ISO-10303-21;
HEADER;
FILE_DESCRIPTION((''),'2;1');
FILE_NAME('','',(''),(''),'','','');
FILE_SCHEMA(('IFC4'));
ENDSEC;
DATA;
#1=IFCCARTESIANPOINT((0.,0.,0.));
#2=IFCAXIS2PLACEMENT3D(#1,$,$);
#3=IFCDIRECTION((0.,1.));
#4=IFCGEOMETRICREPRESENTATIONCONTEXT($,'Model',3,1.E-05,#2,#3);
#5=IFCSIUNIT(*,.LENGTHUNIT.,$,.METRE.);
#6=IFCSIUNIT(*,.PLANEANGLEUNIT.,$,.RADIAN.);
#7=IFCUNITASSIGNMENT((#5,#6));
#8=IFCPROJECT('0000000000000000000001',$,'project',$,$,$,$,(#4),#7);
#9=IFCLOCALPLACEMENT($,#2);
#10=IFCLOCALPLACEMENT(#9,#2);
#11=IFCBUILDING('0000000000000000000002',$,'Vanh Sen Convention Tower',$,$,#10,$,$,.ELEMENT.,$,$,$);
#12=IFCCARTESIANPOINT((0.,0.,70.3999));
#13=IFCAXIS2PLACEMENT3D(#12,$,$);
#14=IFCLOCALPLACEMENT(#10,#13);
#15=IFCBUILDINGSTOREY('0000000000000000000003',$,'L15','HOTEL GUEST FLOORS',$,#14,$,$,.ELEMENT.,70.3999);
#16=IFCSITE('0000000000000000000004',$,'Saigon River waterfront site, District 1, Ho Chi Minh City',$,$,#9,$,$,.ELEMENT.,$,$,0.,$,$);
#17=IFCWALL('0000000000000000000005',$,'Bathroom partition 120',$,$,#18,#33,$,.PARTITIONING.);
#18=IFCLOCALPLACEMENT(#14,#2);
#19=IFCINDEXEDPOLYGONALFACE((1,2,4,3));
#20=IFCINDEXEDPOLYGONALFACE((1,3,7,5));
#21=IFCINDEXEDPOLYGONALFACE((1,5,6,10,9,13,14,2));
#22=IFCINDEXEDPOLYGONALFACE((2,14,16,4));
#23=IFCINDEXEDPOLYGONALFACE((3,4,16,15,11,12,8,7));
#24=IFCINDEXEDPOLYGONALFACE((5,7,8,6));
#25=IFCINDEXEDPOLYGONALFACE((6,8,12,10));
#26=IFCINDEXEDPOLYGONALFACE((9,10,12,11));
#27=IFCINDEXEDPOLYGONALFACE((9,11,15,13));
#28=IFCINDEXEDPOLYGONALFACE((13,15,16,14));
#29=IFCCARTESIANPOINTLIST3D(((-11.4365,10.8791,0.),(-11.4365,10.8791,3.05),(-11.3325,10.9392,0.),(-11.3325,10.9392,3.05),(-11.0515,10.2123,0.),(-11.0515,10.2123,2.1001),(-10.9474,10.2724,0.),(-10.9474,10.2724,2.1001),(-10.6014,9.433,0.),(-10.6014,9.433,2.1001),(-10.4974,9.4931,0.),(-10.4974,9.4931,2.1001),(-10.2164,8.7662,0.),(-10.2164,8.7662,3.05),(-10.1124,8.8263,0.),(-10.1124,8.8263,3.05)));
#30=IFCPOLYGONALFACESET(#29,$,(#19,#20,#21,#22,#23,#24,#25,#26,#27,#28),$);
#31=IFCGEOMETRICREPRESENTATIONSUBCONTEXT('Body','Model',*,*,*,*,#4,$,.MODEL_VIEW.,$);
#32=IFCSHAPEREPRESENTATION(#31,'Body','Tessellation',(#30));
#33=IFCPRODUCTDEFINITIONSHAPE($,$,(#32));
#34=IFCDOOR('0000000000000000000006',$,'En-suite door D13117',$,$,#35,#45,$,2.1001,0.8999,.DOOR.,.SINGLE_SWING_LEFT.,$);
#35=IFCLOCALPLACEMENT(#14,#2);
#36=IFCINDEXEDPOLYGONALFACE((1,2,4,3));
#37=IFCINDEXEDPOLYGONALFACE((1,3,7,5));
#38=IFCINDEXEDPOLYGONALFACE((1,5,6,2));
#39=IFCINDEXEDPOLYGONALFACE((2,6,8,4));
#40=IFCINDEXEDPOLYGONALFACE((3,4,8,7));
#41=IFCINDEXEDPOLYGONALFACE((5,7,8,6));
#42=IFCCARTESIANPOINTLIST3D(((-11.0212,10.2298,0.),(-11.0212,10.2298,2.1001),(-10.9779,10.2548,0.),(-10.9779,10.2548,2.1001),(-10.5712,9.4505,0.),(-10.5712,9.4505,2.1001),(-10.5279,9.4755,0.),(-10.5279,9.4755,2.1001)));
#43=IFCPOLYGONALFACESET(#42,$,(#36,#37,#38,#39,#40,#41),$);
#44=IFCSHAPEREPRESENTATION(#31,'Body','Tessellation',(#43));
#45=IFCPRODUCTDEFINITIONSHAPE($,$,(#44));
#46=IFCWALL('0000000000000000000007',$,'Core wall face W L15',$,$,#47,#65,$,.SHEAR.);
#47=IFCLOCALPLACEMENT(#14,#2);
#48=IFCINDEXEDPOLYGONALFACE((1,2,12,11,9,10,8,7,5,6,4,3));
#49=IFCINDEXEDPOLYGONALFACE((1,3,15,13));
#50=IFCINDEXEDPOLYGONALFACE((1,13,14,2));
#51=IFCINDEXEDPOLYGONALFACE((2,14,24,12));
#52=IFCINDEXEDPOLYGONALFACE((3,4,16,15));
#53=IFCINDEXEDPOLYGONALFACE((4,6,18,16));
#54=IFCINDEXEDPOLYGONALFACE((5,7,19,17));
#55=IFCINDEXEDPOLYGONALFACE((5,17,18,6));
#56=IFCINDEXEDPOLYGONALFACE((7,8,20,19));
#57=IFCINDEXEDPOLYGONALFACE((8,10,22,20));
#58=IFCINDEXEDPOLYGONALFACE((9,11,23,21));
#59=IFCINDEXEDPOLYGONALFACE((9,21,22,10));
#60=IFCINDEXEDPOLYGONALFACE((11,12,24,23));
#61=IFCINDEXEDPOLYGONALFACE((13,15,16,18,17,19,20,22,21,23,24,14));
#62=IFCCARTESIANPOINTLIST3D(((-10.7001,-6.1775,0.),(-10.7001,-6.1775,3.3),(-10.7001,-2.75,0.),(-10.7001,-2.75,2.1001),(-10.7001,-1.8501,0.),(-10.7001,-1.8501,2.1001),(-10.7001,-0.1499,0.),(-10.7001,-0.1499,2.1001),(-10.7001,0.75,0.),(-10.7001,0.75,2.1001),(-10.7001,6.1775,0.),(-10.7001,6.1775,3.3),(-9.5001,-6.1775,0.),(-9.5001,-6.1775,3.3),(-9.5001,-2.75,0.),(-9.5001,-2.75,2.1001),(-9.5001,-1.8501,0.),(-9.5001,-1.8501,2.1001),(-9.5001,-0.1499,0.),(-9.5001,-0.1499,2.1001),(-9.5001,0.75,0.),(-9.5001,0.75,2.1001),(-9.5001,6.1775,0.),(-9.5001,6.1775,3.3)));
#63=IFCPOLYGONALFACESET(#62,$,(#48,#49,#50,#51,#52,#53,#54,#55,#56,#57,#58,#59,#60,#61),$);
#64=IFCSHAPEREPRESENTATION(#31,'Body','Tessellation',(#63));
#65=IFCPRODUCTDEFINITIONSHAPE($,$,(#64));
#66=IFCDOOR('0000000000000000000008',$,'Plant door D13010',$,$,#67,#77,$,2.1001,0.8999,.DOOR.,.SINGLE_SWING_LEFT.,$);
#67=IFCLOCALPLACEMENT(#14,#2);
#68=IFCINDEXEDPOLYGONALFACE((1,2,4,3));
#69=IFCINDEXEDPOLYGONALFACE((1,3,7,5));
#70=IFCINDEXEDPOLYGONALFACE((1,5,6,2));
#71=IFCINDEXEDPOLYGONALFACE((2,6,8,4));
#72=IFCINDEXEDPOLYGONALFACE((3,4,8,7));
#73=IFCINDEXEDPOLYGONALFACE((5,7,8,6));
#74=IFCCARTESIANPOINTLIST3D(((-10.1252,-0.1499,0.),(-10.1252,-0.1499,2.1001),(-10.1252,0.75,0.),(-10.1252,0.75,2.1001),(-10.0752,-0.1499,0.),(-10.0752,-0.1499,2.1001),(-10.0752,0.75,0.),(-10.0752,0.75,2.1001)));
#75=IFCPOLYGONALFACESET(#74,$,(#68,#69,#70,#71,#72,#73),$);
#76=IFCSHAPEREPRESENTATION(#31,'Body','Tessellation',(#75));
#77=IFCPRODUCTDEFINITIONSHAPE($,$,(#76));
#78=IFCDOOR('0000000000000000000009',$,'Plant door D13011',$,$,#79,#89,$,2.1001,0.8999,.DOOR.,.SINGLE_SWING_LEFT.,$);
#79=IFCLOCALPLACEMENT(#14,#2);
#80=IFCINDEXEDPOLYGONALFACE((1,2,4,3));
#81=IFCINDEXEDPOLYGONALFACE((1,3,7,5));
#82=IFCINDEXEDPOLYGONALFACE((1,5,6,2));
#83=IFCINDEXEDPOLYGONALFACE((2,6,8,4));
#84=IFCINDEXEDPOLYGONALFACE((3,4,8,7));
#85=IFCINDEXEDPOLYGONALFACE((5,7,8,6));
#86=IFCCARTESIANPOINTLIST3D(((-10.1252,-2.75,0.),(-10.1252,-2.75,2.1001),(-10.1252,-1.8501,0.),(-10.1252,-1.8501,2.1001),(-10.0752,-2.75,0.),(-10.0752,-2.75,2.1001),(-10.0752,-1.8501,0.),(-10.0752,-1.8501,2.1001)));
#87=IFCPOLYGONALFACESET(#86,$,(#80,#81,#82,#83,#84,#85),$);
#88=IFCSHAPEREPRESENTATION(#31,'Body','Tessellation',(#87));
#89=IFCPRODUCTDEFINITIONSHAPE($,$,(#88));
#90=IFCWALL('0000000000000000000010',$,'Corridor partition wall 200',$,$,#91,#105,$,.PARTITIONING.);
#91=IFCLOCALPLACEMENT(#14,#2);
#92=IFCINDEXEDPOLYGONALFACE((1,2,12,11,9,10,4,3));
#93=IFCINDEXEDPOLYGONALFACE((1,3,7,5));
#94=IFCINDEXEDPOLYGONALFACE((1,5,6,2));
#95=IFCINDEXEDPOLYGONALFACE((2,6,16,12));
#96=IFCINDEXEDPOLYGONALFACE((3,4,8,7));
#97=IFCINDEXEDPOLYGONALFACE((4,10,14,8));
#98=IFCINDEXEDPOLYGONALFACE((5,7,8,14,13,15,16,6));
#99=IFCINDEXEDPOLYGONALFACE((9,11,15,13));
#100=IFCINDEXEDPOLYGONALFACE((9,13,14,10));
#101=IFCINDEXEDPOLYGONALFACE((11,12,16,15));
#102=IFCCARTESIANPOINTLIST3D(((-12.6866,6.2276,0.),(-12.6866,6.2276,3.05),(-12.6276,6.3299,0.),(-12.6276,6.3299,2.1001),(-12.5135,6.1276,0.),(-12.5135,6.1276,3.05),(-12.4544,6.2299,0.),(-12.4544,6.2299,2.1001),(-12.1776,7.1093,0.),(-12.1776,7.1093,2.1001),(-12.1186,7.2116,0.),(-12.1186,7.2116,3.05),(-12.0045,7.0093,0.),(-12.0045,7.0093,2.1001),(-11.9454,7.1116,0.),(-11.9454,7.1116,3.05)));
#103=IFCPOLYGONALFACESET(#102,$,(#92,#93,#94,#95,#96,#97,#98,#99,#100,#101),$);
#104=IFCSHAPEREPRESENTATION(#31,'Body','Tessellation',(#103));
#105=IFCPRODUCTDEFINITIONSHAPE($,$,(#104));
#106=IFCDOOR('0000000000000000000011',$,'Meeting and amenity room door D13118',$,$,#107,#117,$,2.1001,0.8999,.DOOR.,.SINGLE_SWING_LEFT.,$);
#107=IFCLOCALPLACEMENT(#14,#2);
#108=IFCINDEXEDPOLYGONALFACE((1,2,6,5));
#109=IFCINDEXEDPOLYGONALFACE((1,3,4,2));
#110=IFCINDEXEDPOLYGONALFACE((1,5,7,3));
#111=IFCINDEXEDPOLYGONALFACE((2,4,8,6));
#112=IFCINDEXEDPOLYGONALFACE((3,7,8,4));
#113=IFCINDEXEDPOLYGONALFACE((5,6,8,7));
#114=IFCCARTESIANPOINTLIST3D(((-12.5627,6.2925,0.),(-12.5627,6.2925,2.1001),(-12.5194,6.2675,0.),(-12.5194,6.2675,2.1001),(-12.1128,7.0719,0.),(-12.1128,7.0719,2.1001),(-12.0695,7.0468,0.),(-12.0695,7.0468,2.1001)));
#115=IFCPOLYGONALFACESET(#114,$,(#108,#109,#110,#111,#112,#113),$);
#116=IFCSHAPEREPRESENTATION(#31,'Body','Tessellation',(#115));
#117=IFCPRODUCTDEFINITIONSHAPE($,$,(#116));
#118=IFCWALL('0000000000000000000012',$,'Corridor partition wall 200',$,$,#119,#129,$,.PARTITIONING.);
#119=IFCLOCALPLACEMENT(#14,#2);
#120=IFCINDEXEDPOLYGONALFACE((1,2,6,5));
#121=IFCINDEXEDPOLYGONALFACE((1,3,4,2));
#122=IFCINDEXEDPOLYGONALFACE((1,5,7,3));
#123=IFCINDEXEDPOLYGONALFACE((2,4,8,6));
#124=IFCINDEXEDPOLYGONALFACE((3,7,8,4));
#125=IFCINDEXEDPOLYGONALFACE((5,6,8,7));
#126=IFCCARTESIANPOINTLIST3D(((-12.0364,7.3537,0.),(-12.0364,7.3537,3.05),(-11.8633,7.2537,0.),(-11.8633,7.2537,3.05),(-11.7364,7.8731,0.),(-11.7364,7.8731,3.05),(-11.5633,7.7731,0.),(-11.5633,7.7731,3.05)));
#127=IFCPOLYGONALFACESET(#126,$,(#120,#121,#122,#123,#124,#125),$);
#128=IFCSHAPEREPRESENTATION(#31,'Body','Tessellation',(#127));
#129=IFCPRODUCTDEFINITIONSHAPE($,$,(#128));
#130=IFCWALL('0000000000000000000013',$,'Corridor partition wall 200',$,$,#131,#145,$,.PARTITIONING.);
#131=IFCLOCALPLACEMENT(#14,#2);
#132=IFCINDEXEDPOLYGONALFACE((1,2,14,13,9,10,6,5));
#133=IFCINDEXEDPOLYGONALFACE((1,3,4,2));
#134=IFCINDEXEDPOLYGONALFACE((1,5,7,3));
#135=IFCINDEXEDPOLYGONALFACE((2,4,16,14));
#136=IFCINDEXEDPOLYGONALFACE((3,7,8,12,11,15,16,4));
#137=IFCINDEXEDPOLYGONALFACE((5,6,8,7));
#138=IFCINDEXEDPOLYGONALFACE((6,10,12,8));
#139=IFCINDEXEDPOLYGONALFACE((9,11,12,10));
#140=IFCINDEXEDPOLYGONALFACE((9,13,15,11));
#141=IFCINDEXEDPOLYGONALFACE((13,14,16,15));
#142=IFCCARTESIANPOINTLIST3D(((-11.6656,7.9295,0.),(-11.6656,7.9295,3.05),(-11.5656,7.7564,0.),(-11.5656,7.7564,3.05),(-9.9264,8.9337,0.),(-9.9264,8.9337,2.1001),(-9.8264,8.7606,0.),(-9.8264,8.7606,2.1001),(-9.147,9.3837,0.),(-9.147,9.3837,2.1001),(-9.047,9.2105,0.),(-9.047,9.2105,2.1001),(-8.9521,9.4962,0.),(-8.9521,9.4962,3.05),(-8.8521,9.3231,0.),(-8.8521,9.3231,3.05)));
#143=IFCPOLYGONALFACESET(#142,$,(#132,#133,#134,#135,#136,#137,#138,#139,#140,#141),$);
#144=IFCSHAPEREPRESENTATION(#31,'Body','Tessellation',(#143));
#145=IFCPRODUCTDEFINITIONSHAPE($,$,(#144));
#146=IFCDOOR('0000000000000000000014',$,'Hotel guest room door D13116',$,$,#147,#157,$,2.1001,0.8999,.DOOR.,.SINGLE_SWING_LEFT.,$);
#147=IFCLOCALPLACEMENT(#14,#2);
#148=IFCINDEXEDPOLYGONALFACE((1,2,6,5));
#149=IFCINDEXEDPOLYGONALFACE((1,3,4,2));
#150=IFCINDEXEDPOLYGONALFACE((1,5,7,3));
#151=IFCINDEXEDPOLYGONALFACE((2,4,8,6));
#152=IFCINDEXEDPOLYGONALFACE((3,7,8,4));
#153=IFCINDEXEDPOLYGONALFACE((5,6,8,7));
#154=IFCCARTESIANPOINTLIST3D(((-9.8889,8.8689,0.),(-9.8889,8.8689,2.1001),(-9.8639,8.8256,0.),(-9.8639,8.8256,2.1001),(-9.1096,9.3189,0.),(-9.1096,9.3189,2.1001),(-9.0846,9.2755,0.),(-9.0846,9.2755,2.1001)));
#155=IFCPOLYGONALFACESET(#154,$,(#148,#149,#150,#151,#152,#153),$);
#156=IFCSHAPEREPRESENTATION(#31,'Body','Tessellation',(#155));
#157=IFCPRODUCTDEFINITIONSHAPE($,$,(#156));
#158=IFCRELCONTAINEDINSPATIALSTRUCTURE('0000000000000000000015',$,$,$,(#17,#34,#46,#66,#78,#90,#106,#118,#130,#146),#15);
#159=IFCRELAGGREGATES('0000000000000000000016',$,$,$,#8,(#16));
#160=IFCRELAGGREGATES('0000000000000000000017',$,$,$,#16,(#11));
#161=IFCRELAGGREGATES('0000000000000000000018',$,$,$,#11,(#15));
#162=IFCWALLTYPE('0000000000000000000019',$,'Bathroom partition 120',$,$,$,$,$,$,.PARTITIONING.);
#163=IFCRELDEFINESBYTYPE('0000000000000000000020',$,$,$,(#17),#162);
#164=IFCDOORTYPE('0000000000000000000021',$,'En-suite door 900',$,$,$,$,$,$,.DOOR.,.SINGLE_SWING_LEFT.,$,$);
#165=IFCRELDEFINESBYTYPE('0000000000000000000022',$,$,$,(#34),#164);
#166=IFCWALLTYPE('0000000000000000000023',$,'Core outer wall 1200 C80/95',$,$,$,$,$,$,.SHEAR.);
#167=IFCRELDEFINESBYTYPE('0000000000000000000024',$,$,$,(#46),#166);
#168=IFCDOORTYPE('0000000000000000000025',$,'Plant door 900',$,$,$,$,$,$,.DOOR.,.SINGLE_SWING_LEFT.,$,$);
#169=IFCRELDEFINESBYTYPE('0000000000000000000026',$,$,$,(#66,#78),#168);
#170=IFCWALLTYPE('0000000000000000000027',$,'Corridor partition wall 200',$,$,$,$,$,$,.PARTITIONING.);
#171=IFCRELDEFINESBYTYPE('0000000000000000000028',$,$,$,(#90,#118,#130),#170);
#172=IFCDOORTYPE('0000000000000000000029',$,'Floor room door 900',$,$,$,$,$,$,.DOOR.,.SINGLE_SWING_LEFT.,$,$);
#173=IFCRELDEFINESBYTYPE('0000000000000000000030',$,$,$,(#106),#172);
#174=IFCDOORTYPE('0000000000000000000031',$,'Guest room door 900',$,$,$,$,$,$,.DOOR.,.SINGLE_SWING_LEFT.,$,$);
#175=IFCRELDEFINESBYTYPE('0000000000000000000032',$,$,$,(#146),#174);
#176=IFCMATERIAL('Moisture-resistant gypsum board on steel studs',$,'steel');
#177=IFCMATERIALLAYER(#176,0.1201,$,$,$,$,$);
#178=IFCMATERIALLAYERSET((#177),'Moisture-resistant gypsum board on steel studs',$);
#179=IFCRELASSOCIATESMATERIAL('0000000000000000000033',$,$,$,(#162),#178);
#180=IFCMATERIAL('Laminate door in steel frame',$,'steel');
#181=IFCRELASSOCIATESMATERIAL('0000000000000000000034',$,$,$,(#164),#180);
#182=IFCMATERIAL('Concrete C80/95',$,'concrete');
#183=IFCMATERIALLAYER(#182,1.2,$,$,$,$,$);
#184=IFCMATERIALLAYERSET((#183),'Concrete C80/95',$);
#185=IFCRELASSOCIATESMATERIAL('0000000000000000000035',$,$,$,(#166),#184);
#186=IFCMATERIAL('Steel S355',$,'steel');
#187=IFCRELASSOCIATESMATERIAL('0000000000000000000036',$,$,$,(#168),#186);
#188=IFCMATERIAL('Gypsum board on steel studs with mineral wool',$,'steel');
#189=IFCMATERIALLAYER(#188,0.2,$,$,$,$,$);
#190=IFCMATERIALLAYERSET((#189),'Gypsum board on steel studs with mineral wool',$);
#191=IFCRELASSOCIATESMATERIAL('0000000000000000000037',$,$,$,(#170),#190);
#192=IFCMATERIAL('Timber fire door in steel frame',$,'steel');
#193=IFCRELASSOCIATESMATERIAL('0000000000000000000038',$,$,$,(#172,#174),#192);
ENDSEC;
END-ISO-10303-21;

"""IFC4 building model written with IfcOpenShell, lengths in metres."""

from ifc_helpers import new_model, si_unit, direction, frame, frame_2d, origin, place, context, subcontext, project, spatial, rectangle, extrude, material, layer, layer_set, type_object, element, fill, save


model = new_model("IFC4")

# Units and contexts
model_context = context("Model", 3, precision=1e-05, world=origin(), true_north=direction((0.0, 1.0)))
body_context = subcontext(model_context, "Body", "Model", "MODEL_VIEW")
ifc_project = project(units=[si_unit("LENGTHUNIT", "METRE"), si_unit("PLANEANGLEUNIT", "RADIAN")], contexts=[model_context])

# Site, building, storey
site_placement = place(None, origin())
site = spatial("IfcSite", under=ifc_project, at=site_placement, Name="Saigon River waterfront site, District 1, Ho Chi Minh City", CompositionType="ELEMENT", RefElevation=0.0)
building_placement = place(site_placement, origin())
building = spatial("IfcBuilding", under=site, at=building_placement, Name="Vanh Sen Convention Tower", CompositionType="ELEMENT")
storey_placement = place(building_placement, frame((0.0, 0.0, 70.3999)))
storey = spatial("IfcBuildingStorey", under=building, at=storey_placement, Name="L15", Description="HOTEL GUEST FLOORS", CompositionType="ELEMENT", Elevation=70.3999)

# Wall, opening, door
ifc_material_1 = material(Name="Moisture-resistant gypsum board on steel studs", Category="steel")
ifc_layer_1 = layer(ifc_material_1, 0.1201)
ifc_layer_set_1 = layer_set([ifc_layer_1], Name="Moisture-resistant gypsum board on steel studs")
wall_type_1 = type_object("IfcWallType", Name="Bathroom partition 120", PredefinedType="PARTITIONING", material=ifc_layer_set_1)
wall_1_placement = place(storey_placement, frame((-11.3845, 10.9092, 0.0), z_axis=(0.0, 0.0, 1.0), x_axis=(0.500078, -0.865981, 0.0)))
wall_1 = element("IfcWall", 1, at=wall_1_placement, inside=storey, type_object=wall_type_1, Name="Bathroom partition 120", PredefinedType="PARTITIONING", context=body_context, shape_type="SweptSolid", body=[
    extrude(rectangle(XDim=2.4399, YDim=0.1201, at=frame_2d((1.22, 0.0))), origin(), (0.0, 0.0, 1.0), 3.05),
])
opening_1_placement = place(wall_1_placement, frame((0.77, 0.0, 0.0)))
opening_1 = element("IfcOpeningElement", 2, at=opening_1_placement, cuts=wall_1, PredefinedType="OPENING", context=body_context, shape_type="SweptSolid", body=[
    extrude(rectangle(XDim=0.8999, YDim=2.1001, at=frame_2d((0.45, 1.05))), frame((0.0, 0.0701, 0.0), z_axis=(0.0, -1.0, 0.0), x_axis=(1.0, 0.0, 0.0)), (0.0, 0.0, 1.0), 0.1401),
])
ifc_material_2 = material(Name="Laminate door in steel frame", Category="steel")
door_type_1 = type_object("IfcDoorType", Name="En-suite door 900", OperationType="SINGLE_SWING_LEFT", PredefinedType="DOOR", material=ifc_material_2)
door_1_placement = place(opening_1_placement, origin())
door_1 = element("IfcDoor", 3, at=door_1_placement, inside=storey, type_object=door_type_1, Name="En-suite door D13117", OperationType="SINGLE_SWING_LEFT", OverallHeight=2.1001, OverallWidth=0.8999, PredefinedType="DOOR", context=body_context, shape_type="SweptSolid", body=[
    extrude(rectangle(XDim=0.8999, YDim=2.1001, at=frame_2d((0.45, 1.05))), frame((0.0, 0.0249, 0.0), z_axis=(0.0, -1.0, 0.0), x_axis=(1.0, 0.0, 0.0)), (0.0, 0.0, 1.0), 0.05),
])
fill(opening_1, door_1)

# Wall, openings, doors
ifc_material_3 = material(Name="Concrete C80/95", Category="concrete")
ifc_layer_2 = layer(ifc_material_3, 1.2)
ifc_layer_set_2 = layer_set([ifc_layer_2], Name="Concrete C80/95")
wall_type_2 = type_object("IfcWallType", Name="Core outer wall 1200 C80/95", PredefinedType="SHEAR", material=ifc_layer_set_2)
wall_2_placement = place(storey_placement, frame((-10.1001, 6.1775, 0.0), z_axis=(0.0, 0.0, 1.0), x_axis=(0.0, -1.0, 0.0)))
wall_2 = element("IfcWall", 4, at=wall_2_placement, inside=storey, type_object=wall_type_2, Name="Core wall face W L15", PredefinedType="SHEAR", context=body_context, shape_type="SweptSolid", body=[
    extrude(rectangle(XDim=12.355, YDim=1.2, at=frame_2d((6.1775, 0.0))), origin(), (0.0, 0.0, 1.0), 3.3),
])
opening_2_placement = place(wall_2_placement, frame((5.4275, 0.0, 0.0)))
opening_2 = element("IfcOpeningElement", 5, at=opening_2_placement, cuts=wall_2, PredefinedType="OPENING", context=body_context, shape_type="SweptSolid", body=[
    extrude(rectangle(XDim=0.8999, YDim=2.1001, at=frame_2d((0.45, 1.05))), frame((0.0, 0.6099, 0.0), z_axis=(0.0, -1.0, 0.0), x_axis=(1.0, 0.0, 0.0)), (0.0, 0.0, 1.0), 1.22),
])
opening_3_placement = place(wall_2_placement, frame((8.0276, 0.0, 0.0)))
opening_3 = element("IfcOpeningElement", 6, at=opening_3_placement, cuts=wall_2, PredefinedType="OPENING", context=body_context, shape_type="SweptSolid", body=[
    extrude(rectangle(XDim=0.8999, YDim=2.1001, at=frame_2d((0.45, 1.05))), frame((0.0, 0.6099, 0.0), z_axis=(0.0, -1.0, 0.0), x_axis=(1.0, 0.0, 0.0)), (0.0, 0.0, 1.0), 1.22),
])
ifc_material_4 = material(Name="Steel S355", Category="steel")
door_type_2 = type_object("IfcDoorType", Name="Plant door 900", OperationType="SINGLE_SWING_LEFT", PredefinedType="DOOR", material=ifc_material_4)
door_2_placement = place(opening_2_placement, origin())
door_2 = element("IfcDoor", 7, at=door_2_placement, inside=storey, type_object=door_type_2, Name="Plant door D13010", OperationType="SINGLE_SWING_LEFT", OverallHeight=2.1001, OverallWidth=0.8999, PredefinedType="DOOR", context=body_context, shape_type="SweptSolid", body=[
    extrude(rectangle(XDim=0.8999, YDim=2.1001, at=frame_2d((0.45, 1.05))), frame((0.0, 0.0249, 0.0), z_axis=(0.0, -1.0, 0.0), x_axis=(1.0, 0.0, 0.0)), (0.0, 0.0, 1.0), 0.05),
])
fill(opening_2, door_2)
door_3_placement = place(opening_3_placement, origin())
door_3 = element("IfcDoor", 8, at=door_3_placement, inside=storey, type_object=door_type_2, Name="Plant door D13011", OperationType="SINGLE_SWING_LEFT", OverallHeight=2.1001, OverallWidth=0.8999, PredefinedType="DOOR", context=body_context, shape_type="SweptSolid", body=[
    extrude(rectangle(XDim=0.8999, YDim=2.1001, at=frame_2d((0.45, 1.05))), frame((0.0, 0.0249, 0.0), z_axis=(0.0, -1.0, 0.0), x_axis=(1.0, 0.0, 0.0)), (0.0, 0.0, 1.0), 0.05),
])
fill(opening_3, door_3)

# Wall, opening, door
ifc_material_5 = material(Name="Gypsum board on steel studs with mineral wool", Category="steel")
ifc_layer_3 = layer(ifc_material_5, 0.2)
ifc_layer_set_3 = layer_set([ifc_layer_3], Name="Gypsum board on steel studs with mineral wool")
wall_type_3 = type_object("IfcWallType", Name="Corridor partition wall 200", PredefinedType="PARTITIONING", material=ifc_layer_set_3)
wall_3_placement = place(storey_placement, frame((-12.032, 7.1616, 0.0), z_axis=(0.0, 0.0, 1.0), x_axis=(-0.499952, -0.866053, 0.0)))
wall_3 = element("IfcWall", 9, at=wall_3_placement, inside=storey, type_object=wall_type_3, Name="Corridor partition wall 200", PredefinedType="PARTITIONING", context=body_context, shape_type="SweptSolid", body=[
    extrude(rectangle(XDim=1.1362, YDim=0.2, at=frame_2d((0.5681, 0.0))), origin(), (0.0, 0.0, 1.0), 3.05),
])
opening_4_placement = place(wall_3_placement, frame((0.1182, 0.0, 0.0)))
opening_4 = element("IfcOpeningElement", 10, at=opening_4_placement, cuts=wall_3, PredefinedType="OPENING", context=body_context, shape_type="SweptSolid", body=[
    extrude(rectangle(XDim=0.8999, YDim=2.1001, at=frame_2d((0.45, 1.05))), frame((0.0, 0.1099, 0.0), z_axis=(0.0, -1.0, 0.0), x_axis=(1.0, 0.0, 0.0)), (0.0, 0.0, 1.0), 0.22),
])
ifc_material_6 = material(Name="Timber fire door in steel frame", Category="steel")
door_type_3 = type_object("IfcDoorType", Name="Floor room door 900", OperationType="SINGLE_SWING_LEFT", PredefinedType="DOOR", material=ifc_material_6)
door_4_placement = place(opening_4_placement, origin())
door_4 = element("IfcDoor", 11, at=door_4_placement, inside=storey, type_object=door_type_3, Name="Meeting and amenity room door D13118", OperationType="SINGLE_SWING_LEFT", OverallHeight=2.1001, OverallWidth=0.8999, PredefinedType="DOOR", context=body_context, shape_type="SweptSolid", body=[
    extrude(rectangle(XDim=0.8999, YDim=2.1001, at=frame_2d((0.45, 1.05))), frame((0.0, 0.0249, 0.0), z_axis=(0.0, -1.0, 0.0), x_axis=(1.0, 0.0, 0.0)), (0.0, 0.0, 1.0), 0.05),
])
fill(opening_4, door_4)

# Wall
wall_4_placement = place(storey_placement, frame((-11.6499, 7.823, 0.0), z_axis=(0.0, 0.0, 1.0), x_axis=(-0.500122, -0.865955, 0.0)))
element("IfcWall", 12, at=wall_4_placement, inside=storey, type_object=wall_type_3, Name="Corridor partition wall 200", PredefinedType="PARTITIONING", context=body_context, shape_type="SweptSolid", body=[
    extrude(rectangle(XDim=0.5999, YDim=0.2, at=frame_2d((0.2998, 0.0))), origin(), (0.0, 0.0, 1.0), 3.05),
])

# Wall, opening, door
wall_5_placement = place(storey_placement, frame((-8.9021, 9.4097, 0.0), z_axis=(0.0, 0.0, 1.0), x_axis=(-0.866014, -0.500019, 0.0)))
wall_5 = element("IfcWall", 13, at=wall_5_placement, inside=storey, type_object=wall_type_3, Name="Corridor partition wall 200", PredefinedType="PARTITIONING", context=body_context, shape_type="SweptSolid", body=[
    extrude(rectangle(XDim=3.1333, YDim=0.2, at=frame_2d((1.5667, 0.0))), origin(), (0.0, 0.0, 1.0), 3.05),
])
opening_5_placement = place(wall_5_placement, frame((0.2251, 0.0, 0.0)))
opening_5 = element("IfcOpeningElement", 14, at=opening_5_placement, cuts=wall_5, PredefinedType="OPENING", context=body_context, shape_type="SweptSolid", body=[
    extrude(rectangle(XDim=0.8999, YDim=2.1001, at=frame_2d((0.45, 1.05))), frame((0.0, 0.1099, 0.0), z_axis=(0.0, -1.0, 0.0), x_axis=(1.0, 0.0, 0.0)), (0.0, 0.0, 1.0), 0.22),
])
door_type_4 = type_object("IfcDoorType", Name="Guest room door 900", OperationType="SINGLE_SWING_LEFT", PredefinedType="DOOR", material=ifc_material_6)
door_5_placement = place(opening_5_placement, origin())
door_5 = element("IfcDoor", 15, at=door_5_placement, inside=storey, type_object=door_type_4, Name="Hotel guest room door D13116", OperationType="SINGLE_SWING_LEFT", OverallHeight=2.1001, OverallWidth=0.8999, PredefinedType="DOOR", context=body_context, shape_type="SweptSolid", body=[
    extrude(rectangle(XDim=0.8999, YDim=2.1001, at=frame_2d((0.45, 1.05))), frame((0.0, 0.0249, 0.0), z_axis=(0.0, -1.0, 0.0), x_axis=(1.0, 0.0, 0.0)), (0.0, 0.0, 1.0), 0.05),
])
fill(opening_5, door_5)

save(model, "model.ifc")
